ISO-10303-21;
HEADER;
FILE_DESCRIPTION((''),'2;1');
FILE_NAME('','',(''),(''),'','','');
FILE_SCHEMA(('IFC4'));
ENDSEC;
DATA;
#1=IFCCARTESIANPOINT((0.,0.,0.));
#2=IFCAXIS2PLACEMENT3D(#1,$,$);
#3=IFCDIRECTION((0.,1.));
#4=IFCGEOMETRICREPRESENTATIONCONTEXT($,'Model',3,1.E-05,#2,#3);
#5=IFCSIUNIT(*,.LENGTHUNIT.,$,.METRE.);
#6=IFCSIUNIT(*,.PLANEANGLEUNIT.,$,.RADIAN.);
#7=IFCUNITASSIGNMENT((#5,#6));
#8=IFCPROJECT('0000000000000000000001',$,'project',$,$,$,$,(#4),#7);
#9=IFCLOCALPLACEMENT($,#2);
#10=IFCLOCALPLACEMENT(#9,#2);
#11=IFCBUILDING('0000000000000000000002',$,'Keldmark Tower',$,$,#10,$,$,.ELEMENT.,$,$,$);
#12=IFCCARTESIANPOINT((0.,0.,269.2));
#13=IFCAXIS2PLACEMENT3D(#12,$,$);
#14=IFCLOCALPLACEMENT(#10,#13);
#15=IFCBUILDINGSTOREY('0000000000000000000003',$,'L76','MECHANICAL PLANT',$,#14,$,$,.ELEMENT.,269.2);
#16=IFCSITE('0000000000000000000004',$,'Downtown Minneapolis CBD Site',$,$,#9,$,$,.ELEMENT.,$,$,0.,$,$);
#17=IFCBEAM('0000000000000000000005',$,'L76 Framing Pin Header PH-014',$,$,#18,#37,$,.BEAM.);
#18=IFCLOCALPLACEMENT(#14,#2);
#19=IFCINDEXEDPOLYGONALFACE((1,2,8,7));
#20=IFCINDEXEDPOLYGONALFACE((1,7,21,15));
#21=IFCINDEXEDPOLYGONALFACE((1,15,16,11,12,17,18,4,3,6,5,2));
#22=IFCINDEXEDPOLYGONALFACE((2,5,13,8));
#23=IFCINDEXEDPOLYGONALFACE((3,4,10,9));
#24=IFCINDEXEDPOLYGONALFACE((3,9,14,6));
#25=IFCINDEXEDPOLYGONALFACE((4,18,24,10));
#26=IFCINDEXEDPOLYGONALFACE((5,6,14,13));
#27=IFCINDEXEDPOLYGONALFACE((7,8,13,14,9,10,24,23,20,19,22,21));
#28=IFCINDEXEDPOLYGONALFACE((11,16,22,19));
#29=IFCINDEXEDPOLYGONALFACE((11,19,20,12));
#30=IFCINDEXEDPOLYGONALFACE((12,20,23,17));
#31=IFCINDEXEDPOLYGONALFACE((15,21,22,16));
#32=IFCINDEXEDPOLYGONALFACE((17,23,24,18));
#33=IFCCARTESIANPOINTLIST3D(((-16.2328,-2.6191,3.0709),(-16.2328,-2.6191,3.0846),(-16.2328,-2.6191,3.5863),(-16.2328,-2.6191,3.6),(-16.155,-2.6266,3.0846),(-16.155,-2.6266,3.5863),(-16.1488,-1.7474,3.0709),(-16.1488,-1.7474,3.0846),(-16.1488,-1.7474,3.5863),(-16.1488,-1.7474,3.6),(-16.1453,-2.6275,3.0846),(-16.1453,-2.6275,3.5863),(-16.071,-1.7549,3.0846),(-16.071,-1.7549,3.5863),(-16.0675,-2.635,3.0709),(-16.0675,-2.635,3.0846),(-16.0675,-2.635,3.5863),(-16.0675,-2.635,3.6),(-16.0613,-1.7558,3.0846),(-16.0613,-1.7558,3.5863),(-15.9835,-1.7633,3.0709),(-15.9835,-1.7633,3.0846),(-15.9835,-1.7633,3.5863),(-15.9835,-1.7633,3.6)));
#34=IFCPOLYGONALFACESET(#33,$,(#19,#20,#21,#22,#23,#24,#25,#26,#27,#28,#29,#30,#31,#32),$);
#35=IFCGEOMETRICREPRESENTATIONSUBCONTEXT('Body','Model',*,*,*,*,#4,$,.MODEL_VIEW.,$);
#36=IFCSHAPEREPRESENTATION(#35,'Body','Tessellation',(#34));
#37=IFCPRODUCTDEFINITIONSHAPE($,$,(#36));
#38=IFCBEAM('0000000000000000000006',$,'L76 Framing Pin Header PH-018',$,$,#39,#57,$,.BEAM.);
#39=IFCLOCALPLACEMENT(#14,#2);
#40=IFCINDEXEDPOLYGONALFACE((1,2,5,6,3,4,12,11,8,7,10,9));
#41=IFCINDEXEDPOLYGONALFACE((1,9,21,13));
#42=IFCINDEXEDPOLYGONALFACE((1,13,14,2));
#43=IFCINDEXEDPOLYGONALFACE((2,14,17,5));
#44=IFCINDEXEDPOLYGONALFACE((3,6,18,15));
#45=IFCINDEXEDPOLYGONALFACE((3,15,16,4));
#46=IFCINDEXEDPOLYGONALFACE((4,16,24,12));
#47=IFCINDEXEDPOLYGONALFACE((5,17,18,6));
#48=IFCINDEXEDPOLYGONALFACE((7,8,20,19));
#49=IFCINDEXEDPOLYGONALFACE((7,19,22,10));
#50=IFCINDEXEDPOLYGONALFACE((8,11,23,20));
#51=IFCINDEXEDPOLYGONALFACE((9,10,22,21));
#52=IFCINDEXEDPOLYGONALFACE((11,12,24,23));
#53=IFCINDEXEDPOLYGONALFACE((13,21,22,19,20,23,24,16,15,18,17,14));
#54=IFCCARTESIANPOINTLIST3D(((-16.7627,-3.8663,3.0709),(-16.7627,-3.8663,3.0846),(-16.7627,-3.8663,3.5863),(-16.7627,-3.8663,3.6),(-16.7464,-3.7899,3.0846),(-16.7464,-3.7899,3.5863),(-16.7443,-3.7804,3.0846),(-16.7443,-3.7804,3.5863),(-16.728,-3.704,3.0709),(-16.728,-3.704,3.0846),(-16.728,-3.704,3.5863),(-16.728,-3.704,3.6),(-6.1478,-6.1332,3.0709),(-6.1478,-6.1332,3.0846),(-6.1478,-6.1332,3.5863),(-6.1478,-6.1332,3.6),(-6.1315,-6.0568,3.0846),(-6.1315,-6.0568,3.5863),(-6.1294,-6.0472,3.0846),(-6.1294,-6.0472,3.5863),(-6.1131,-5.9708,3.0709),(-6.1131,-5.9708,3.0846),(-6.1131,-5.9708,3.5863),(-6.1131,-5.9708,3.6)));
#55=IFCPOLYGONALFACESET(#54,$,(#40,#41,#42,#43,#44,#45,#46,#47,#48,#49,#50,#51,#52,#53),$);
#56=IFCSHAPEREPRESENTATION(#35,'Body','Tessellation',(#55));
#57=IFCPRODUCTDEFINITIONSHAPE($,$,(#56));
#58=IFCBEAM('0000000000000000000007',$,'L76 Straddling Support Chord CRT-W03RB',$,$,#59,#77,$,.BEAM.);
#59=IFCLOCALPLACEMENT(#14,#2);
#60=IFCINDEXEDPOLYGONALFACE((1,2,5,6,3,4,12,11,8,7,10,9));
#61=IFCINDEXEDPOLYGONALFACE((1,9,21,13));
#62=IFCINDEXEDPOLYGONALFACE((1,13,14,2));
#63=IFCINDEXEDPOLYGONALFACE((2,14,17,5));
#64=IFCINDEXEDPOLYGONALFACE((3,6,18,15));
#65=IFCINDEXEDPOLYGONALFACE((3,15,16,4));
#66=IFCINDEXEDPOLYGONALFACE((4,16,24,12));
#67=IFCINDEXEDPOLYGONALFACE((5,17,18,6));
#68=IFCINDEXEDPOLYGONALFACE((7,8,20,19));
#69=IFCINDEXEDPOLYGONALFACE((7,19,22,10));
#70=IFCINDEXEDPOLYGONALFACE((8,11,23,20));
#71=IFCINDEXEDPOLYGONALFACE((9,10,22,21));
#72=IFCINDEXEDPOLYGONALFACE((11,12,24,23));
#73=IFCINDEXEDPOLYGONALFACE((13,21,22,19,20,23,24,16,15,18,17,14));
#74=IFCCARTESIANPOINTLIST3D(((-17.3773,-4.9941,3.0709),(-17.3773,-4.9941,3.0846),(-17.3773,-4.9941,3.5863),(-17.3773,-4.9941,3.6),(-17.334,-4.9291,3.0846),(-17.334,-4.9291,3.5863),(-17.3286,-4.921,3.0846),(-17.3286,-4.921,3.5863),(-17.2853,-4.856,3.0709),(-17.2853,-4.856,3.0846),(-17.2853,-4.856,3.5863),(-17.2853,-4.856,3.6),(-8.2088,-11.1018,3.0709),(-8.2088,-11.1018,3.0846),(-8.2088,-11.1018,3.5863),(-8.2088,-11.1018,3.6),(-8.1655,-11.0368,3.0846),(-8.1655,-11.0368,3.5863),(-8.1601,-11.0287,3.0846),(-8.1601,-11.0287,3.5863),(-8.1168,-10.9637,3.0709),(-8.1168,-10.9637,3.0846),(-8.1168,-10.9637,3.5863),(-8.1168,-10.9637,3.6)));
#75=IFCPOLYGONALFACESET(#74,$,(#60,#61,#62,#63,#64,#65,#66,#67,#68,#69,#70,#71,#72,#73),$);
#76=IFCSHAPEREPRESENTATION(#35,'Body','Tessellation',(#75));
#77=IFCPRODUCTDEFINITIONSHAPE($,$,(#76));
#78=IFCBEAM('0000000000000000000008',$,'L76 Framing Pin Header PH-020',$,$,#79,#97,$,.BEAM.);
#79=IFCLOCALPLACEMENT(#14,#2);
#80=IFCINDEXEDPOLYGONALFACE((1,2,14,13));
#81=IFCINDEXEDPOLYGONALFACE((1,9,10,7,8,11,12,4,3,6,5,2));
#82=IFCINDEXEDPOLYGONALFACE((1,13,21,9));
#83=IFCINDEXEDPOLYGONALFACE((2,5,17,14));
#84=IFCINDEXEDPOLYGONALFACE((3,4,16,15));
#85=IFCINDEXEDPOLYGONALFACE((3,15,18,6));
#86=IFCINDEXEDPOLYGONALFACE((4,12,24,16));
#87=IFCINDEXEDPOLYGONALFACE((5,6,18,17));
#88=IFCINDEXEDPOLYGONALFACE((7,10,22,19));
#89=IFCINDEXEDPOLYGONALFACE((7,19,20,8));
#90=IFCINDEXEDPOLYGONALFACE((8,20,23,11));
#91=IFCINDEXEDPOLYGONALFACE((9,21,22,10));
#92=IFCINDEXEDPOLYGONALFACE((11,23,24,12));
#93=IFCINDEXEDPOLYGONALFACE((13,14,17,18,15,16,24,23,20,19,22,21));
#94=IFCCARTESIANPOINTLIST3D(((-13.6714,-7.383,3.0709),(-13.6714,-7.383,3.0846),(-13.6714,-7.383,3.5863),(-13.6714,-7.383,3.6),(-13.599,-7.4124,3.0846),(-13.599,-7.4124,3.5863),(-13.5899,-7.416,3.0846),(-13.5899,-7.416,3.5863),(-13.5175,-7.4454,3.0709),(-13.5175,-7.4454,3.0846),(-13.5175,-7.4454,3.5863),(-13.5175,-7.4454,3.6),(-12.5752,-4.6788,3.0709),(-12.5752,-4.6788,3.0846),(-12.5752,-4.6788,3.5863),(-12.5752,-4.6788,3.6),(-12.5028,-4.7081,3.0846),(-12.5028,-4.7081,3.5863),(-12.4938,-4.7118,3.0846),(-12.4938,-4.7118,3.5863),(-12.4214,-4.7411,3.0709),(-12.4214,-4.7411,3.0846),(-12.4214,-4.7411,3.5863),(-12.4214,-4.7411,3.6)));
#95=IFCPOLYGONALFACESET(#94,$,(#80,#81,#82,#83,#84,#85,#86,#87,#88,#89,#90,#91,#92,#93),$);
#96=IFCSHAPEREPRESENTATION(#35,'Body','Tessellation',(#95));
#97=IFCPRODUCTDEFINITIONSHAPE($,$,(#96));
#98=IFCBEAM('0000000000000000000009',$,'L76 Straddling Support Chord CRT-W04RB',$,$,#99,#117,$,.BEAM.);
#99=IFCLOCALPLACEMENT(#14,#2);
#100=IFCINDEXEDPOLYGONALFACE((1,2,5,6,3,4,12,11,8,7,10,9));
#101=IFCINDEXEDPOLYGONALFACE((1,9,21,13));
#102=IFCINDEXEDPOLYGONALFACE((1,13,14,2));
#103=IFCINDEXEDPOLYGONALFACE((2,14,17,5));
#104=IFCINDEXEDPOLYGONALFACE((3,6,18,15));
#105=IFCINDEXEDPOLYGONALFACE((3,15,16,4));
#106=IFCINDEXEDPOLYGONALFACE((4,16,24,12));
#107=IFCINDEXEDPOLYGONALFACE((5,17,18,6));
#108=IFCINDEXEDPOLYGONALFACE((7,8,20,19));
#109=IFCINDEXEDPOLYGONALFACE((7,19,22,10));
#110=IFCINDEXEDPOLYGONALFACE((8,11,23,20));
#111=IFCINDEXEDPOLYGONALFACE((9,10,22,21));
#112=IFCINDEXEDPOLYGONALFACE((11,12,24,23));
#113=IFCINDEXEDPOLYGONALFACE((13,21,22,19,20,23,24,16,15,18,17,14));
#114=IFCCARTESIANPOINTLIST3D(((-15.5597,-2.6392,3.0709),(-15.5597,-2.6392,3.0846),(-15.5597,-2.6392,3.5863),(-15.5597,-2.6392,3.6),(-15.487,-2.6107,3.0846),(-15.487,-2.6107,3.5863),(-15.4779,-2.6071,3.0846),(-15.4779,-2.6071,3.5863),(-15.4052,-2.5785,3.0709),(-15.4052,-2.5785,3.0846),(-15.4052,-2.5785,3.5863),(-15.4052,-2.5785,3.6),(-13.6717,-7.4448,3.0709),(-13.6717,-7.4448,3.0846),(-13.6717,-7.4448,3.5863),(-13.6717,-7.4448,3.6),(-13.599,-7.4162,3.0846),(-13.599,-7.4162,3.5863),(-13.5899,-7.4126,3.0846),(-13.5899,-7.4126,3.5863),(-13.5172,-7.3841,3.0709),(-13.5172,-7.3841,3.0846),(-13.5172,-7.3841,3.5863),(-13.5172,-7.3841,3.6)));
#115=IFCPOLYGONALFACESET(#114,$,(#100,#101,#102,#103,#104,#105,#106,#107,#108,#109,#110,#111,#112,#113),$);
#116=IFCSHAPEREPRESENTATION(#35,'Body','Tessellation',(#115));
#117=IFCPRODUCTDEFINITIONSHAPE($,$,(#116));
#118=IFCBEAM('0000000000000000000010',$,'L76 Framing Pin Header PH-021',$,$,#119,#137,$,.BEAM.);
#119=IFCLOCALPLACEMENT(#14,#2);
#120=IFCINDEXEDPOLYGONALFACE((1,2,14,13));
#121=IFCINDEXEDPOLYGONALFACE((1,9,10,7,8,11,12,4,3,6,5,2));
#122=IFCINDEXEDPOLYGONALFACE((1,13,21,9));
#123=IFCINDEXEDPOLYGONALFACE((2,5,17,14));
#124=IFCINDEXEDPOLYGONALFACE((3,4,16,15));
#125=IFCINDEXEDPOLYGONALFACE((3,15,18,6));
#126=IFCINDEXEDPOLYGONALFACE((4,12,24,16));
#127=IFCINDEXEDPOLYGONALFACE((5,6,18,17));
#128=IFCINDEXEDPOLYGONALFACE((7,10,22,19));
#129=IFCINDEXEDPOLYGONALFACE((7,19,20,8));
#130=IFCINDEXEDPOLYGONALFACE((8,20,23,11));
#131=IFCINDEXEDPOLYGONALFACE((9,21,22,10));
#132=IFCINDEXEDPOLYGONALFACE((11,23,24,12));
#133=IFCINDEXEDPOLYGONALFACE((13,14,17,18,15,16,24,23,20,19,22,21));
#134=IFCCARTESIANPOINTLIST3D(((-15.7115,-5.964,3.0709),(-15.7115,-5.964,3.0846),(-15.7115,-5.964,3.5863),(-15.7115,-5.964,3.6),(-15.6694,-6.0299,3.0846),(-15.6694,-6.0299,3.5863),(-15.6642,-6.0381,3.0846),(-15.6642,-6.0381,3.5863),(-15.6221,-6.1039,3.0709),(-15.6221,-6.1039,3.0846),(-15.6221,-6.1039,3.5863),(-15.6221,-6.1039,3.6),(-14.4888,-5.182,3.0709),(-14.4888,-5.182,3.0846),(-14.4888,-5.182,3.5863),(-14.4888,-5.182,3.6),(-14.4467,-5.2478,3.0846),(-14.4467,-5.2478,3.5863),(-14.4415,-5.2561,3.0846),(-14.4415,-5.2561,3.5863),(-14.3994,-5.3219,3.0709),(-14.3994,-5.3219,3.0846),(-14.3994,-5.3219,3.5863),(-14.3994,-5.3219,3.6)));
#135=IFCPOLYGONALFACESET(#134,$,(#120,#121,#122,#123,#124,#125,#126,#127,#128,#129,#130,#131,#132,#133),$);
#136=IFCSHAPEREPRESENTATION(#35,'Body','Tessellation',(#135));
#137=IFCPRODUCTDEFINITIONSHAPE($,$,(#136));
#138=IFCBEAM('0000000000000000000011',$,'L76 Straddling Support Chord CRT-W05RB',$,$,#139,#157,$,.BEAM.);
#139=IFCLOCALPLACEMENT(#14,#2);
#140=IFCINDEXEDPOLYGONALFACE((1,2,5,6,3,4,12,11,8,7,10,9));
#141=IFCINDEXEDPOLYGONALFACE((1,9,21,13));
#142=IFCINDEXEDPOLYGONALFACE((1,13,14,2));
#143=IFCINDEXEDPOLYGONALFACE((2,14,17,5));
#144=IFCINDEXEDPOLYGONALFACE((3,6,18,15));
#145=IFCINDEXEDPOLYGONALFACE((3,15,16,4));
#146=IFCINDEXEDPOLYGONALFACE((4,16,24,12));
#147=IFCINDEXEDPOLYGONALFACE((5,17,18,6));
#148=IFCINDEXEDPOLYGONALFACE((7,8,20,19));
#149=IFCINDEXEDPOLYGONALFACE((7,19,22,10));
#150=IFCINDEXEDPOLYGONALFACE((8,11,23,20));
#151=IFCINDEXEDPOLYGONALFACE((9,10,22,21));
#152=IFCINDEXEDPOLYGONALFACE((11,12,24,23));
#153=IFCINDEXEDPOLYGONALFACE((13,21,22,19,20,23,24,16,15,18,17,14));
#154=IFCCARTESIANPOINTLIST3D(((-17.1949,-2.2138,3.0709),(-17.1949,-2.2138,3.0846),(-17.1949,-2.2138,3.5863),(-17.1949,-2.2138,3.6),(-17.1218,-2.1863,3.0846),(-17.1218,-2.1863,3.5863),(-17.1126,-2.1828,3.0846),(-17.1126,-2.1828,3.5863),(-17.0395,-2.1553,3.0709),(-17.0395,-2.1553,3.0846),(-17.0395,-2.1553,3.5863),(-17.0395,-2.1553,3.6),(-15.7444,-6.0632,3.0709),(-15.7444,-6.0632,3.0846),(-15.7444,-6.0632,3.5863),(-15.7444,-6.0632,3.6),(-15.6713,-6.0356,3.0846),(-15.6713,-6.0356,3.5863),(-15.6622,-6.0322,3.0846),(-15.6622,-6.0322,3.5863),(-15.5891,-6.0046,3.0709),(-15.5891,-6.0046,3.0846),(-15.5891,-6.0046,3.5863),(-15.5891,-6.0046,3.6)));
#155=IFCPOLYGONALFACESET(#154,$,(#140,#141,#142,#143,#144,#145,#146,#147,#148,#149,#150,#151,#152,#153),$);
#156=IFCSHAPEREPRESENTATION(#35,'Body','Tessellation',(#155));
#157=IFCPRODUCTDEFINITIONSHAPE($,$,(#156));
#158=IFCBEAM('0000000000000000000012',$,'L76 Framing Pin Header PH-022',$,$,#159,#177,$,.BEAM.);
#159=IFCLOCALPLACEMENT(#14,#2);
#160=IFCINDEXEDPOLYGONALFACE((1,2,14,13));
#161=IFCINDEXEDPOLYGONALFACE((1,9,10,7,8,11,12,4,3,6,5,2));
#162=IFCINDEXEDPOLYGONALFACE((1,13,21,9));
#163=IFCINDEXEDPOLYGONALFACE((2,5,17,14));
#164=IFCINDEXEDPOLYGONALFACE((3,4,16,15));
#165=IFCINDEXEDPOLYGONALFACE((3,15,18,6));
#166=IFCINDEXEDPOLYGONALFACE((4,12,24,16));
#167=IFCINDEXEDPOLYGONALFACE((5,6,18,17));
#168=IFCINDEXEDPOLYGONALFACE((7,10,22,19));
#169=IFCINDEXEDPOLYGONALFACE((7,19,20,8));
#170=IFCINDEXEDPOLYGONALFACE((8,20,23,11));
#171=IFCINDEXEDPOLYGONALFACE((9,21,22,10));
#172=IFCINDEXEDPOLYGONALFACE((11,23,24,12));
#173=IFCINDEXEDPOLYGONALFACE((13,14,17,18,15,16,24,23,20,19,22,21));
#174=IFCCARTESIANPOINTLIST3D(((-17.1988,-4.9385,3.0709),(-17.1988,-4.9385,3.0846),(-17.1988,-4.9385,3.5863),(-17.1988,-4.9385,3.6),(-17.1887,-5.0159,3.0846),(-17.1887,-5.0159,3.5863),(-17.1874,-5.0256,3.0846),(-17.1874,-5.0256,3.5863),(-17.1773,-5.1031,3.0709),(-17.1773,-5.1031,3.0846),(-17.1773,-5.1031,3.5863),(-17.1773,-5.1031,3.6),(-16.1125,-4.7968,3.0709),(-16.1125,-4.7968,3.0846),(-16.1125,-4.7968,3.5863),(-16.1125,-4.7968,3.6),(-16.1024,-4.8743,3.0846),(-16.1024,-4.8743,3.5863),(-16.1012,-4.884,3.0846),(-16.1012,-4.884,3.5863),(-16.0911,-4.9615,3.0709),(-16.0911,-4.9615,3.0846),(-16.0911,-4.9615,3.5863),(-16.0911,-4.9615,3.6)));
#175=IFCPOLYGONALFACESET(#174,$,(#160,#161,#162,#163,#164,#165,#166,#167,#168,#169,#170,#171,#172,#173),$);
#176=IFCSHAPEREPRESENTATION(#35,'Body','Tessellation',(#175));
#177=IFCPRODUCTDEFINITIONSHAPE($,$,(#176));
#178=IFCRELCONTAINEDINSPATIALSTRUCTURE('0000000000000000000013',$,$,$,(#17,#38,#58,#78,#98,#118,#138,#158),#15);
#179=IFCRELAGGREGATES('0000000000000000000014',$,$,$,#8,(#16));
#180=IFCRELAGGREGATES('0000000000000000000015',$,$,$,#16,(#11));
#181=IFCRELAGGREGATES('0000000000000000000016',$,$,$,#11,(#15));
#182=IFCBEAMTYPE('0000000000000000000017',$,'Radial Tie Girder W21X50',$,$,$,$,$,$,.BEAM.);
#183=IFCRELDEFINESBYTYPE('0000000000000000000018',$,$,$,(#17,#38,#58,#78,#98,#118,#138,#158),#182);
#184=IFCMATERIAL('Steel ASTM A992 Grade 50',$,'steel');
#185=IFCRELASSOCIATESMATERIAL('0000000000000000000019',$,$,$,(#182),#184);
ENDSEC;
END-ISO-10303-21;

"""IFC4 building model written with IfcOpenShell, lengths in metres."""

from ifc_helpers import new_model, si_unit, direction, frame, origin, origin_2d, place, context, subcontext, project, spatial, i_section, extrude, material, material_profile, profile_set, type_object, element, save


model = new_model("IFC4")

# Units and contexts
model_context = context("Model", 3, precision=1e-05, world=origin(), true_north=direction((0.0, 1.0)))
body_context = subcontext(model_context, "Body", "Model", "MODEL_VIEW")
ifc_project = project(units=[si_unit("LENGTHUNIT", "METRE"), si_unit("PLANEANGLEUNIT", "RADIAN")], contexts=[model_context])

# Site, building, storey
site_placement = place(None, origin())
site = spatial("IfcSite", under=ifc_project, at=site_placement, Name="Downtown Minneapolis CBD Site", CompositionType="ELEMENT", RefElevation=0.0)
building_placement = place(site_placement, origin())
building = spatial("IfcBuilding", under=site, at=building_placement, Name="Keldmark Tower", CompositionType="ELEMENT")
storey_placement = place(building_placement, frame((0.0, 0.0, 269.2)))
storey = spatial("IfcBuildingStorey", under=building, at=storey_placement, Name="L76", Description="MECHANICAL PLANT", CompositionType="ELEMENT", Elevation=269.2)

# Beams
ifc_material_1 = material(Name="Steel ASTM A992 Grade 50", Category="steel")
ifc_material_profile_1 = material_profile(ifc_material_1, i_section(OverallWidth=0.166, OverallDepth=0.5291, WebThickness=0.0098, FlangeThickness=0.0137, at=origin_2d()), Name="W21X50")
ifc_profile_set_1 = profile_set([ifc_material_profile_1], Name="Steel ASTM A992 Grade 50")
beam_type_1 = type_object("IfcBeamType", Name="Radial Tie Girder W21X50", PredefinedType="BEAM", material=ifc_profile_set_1)
beam_1_placement = place(storey_placement, frame((-16.0662, -1.7554, 3.3354), z_axis=(-0.095914, -0.99539, 0.0), x_axis=(0.99539, -0.095914, 0.0)))
element("IfcBeam", 1, at=beam_1_placement, inside=storey, type_object=beam_type_1, Name="L76 Framing Pin Header PH-014", PredefinedType="BEAM", context=body_context, shape_type="SweptSolid", body=[
    extrude(i_section(OverallWidth=0.166, OverallDepth=0.5291, WebThickness=0.0098, FlangeThickness=0.0137, at=origin_2d()), origin(), (0.0, 0.0, 1.0), 0.8757),
])
beam_2_placement = place(storey_placement, frame((-16.7454, -3.7852, 3.3354), z_axis=(0.977949, -0.208842, 0.0), x_axis=(0.208842, 0.977949, 0.0)))
element("IfcBeam", 2, at=beam_2_placement, inside=storey, type_object=beam_type_1, Name="L76 Framing Pin Header PH-018", PredefinedType="BEAM", context=body_context, shape_type="SweptSolid", body=[
    extrude(i_section(OverallWidth=0.166, OverallDepth=0.5291, WebThickness=0.0098, FlangeThickness=0.0137, at=origin_2d()), origin(), (0.0, 0.0, 1.0), 10.8542),
])
beam_3_placement = place(storey_placement, frame((-17.3313, -4.925, 3.3354), z_axis=(0.832245, -0.554409, 0.0), x_axis=(0.554409, 0.832245, 0.0)))
element("IfcBeam", 3, at=beam_3_placement, inside=storey, type_object=beam_type_1, Name="L76 Straddling Support Chord CRT-W03RB", PredefinedType="BEAM", context=body_context, shape_type="SweptSolid", body=[
    extrude(i_section(OverallWidth=0.166, OverallDepth=0.5291, WebThickness=0.0098, FlangeThickness=0.0137, at=origin_2d()), origin(), (0.0, 0.0, 1.0), 11.0166),
])
beam_4_placement = place(storey_placement, frame((-12.4983, -4.71, 3.3354), z_axis=(-0.375657, -0.926759, 0.0), x_axis=(0.926759, -0.375657, 0.0)))
element("IfcBeam", 4, at=beam_4_placement, inside=storey, type_object=beam_type_1, Name="L76 Framing Pin Header PH-020", PredefinedType="BEAM", context=body_context, shape_type="SweptSolid", body=[
    extrude(i_section(OverallWidth=0.166, OverallDepth=0.5291, WebThickness=0.0098, FlangeThickness=0.0137, at=origin_2d()), origin(), (0.0, 0.0, 1.0), 2.918),
])
beam_5_placement = place(storey_placement, frame((-15.4824, -2.6089, 3.3354), z_axis=(0.365668, -0.930745, 0.0), x_axis=(0.930745, 0.365668, 0.0)))
element("IfcBeam", 5, at=beam_5_placement, inside=storey, type_object=beam_type_1, Name="L76 Straddling Support Chord CRT-W04RB", PredefinedType="BEAM", context=body_context, shape_type="SweptSolid", body=[
    extrude(i_section(OverallWidth=0.166, OverallDepth=0.5291, WebThickness=0.0098, FlangeThickness=0.0137, at=origin_2d()), origin(), (0.0, 0.0, 1.0), 5.1631),
])
beam_6_placement = place(storey_placement, frame((-14.4441, -5.252, 3.3354), z_axis=(-0.842433, -0.538801, 0.0), x_axis=(0.538801, -0.842433, 0.0)))
element("IfcBeam", 6, at=beam_6_placement, inside=storey, type_object=beam_type_1, Name="L76 Framing Pin Header PH-021", PredefinedType="BEAM", context=body_context, shape_type="SweptSolid", body=[
    extrude(i_section(OverallWidth=0.166, OverallDepth=0.5291, WebThickness=0.0098, FlangeThickness=0.0137, at=origin_2d()), origin(), (0.0, 0.0, 1.0), 1.4514),
])
beam_7_placement = place(storey_placement, frame((-17.1172, -2.1846, 3.3354), z_axis=(0.352599, -0.935774, 0.0), x_axis=(0.935774, 0.352599, 0.0)))
element("IfcBeam", 7, at=beam_7_placement, inside=storey, type_object=beam_type_1, Name="L76 Straddling Support Chord CRT-W05RB", PredefinedType="BEAM", context=body_context, shape_type="SweptSolid", body=[
    extrude(i_section(OverallWidth=0.166, OverallDepth=0.5291, WebThickness=0.0098, FlangeThickness=0.0137, at=origin_2d()), origin(), (0.0, 0.0, 1.0), 4.1135),
])
beam_8_placement = place(storey_placement, frame((-16.1018, -4.8792, 3.3354), z_axis=(-0.991609, -0.129272, 0.0), x_axis=(0.129272, -0.991609, 0.0)))
element("IfcBeam", 8, at=beam_8_placement, inside=storey, type_object=beam_type_1, Name="L76 Framing Pin Header PH-022", PredefinedType="BEAM", context=body_context, shape_type="SweptSolid", body=[
    extrude(i_section(OverallWidth=0.166, OverallDepth=0.5291, WebThickness=0.0098, FlangeThickness=0.0137, at=origin_2d()), origin(), (0.0, 0.0, 1.0), 1.0955),
])

save(model, "model.ifc")
